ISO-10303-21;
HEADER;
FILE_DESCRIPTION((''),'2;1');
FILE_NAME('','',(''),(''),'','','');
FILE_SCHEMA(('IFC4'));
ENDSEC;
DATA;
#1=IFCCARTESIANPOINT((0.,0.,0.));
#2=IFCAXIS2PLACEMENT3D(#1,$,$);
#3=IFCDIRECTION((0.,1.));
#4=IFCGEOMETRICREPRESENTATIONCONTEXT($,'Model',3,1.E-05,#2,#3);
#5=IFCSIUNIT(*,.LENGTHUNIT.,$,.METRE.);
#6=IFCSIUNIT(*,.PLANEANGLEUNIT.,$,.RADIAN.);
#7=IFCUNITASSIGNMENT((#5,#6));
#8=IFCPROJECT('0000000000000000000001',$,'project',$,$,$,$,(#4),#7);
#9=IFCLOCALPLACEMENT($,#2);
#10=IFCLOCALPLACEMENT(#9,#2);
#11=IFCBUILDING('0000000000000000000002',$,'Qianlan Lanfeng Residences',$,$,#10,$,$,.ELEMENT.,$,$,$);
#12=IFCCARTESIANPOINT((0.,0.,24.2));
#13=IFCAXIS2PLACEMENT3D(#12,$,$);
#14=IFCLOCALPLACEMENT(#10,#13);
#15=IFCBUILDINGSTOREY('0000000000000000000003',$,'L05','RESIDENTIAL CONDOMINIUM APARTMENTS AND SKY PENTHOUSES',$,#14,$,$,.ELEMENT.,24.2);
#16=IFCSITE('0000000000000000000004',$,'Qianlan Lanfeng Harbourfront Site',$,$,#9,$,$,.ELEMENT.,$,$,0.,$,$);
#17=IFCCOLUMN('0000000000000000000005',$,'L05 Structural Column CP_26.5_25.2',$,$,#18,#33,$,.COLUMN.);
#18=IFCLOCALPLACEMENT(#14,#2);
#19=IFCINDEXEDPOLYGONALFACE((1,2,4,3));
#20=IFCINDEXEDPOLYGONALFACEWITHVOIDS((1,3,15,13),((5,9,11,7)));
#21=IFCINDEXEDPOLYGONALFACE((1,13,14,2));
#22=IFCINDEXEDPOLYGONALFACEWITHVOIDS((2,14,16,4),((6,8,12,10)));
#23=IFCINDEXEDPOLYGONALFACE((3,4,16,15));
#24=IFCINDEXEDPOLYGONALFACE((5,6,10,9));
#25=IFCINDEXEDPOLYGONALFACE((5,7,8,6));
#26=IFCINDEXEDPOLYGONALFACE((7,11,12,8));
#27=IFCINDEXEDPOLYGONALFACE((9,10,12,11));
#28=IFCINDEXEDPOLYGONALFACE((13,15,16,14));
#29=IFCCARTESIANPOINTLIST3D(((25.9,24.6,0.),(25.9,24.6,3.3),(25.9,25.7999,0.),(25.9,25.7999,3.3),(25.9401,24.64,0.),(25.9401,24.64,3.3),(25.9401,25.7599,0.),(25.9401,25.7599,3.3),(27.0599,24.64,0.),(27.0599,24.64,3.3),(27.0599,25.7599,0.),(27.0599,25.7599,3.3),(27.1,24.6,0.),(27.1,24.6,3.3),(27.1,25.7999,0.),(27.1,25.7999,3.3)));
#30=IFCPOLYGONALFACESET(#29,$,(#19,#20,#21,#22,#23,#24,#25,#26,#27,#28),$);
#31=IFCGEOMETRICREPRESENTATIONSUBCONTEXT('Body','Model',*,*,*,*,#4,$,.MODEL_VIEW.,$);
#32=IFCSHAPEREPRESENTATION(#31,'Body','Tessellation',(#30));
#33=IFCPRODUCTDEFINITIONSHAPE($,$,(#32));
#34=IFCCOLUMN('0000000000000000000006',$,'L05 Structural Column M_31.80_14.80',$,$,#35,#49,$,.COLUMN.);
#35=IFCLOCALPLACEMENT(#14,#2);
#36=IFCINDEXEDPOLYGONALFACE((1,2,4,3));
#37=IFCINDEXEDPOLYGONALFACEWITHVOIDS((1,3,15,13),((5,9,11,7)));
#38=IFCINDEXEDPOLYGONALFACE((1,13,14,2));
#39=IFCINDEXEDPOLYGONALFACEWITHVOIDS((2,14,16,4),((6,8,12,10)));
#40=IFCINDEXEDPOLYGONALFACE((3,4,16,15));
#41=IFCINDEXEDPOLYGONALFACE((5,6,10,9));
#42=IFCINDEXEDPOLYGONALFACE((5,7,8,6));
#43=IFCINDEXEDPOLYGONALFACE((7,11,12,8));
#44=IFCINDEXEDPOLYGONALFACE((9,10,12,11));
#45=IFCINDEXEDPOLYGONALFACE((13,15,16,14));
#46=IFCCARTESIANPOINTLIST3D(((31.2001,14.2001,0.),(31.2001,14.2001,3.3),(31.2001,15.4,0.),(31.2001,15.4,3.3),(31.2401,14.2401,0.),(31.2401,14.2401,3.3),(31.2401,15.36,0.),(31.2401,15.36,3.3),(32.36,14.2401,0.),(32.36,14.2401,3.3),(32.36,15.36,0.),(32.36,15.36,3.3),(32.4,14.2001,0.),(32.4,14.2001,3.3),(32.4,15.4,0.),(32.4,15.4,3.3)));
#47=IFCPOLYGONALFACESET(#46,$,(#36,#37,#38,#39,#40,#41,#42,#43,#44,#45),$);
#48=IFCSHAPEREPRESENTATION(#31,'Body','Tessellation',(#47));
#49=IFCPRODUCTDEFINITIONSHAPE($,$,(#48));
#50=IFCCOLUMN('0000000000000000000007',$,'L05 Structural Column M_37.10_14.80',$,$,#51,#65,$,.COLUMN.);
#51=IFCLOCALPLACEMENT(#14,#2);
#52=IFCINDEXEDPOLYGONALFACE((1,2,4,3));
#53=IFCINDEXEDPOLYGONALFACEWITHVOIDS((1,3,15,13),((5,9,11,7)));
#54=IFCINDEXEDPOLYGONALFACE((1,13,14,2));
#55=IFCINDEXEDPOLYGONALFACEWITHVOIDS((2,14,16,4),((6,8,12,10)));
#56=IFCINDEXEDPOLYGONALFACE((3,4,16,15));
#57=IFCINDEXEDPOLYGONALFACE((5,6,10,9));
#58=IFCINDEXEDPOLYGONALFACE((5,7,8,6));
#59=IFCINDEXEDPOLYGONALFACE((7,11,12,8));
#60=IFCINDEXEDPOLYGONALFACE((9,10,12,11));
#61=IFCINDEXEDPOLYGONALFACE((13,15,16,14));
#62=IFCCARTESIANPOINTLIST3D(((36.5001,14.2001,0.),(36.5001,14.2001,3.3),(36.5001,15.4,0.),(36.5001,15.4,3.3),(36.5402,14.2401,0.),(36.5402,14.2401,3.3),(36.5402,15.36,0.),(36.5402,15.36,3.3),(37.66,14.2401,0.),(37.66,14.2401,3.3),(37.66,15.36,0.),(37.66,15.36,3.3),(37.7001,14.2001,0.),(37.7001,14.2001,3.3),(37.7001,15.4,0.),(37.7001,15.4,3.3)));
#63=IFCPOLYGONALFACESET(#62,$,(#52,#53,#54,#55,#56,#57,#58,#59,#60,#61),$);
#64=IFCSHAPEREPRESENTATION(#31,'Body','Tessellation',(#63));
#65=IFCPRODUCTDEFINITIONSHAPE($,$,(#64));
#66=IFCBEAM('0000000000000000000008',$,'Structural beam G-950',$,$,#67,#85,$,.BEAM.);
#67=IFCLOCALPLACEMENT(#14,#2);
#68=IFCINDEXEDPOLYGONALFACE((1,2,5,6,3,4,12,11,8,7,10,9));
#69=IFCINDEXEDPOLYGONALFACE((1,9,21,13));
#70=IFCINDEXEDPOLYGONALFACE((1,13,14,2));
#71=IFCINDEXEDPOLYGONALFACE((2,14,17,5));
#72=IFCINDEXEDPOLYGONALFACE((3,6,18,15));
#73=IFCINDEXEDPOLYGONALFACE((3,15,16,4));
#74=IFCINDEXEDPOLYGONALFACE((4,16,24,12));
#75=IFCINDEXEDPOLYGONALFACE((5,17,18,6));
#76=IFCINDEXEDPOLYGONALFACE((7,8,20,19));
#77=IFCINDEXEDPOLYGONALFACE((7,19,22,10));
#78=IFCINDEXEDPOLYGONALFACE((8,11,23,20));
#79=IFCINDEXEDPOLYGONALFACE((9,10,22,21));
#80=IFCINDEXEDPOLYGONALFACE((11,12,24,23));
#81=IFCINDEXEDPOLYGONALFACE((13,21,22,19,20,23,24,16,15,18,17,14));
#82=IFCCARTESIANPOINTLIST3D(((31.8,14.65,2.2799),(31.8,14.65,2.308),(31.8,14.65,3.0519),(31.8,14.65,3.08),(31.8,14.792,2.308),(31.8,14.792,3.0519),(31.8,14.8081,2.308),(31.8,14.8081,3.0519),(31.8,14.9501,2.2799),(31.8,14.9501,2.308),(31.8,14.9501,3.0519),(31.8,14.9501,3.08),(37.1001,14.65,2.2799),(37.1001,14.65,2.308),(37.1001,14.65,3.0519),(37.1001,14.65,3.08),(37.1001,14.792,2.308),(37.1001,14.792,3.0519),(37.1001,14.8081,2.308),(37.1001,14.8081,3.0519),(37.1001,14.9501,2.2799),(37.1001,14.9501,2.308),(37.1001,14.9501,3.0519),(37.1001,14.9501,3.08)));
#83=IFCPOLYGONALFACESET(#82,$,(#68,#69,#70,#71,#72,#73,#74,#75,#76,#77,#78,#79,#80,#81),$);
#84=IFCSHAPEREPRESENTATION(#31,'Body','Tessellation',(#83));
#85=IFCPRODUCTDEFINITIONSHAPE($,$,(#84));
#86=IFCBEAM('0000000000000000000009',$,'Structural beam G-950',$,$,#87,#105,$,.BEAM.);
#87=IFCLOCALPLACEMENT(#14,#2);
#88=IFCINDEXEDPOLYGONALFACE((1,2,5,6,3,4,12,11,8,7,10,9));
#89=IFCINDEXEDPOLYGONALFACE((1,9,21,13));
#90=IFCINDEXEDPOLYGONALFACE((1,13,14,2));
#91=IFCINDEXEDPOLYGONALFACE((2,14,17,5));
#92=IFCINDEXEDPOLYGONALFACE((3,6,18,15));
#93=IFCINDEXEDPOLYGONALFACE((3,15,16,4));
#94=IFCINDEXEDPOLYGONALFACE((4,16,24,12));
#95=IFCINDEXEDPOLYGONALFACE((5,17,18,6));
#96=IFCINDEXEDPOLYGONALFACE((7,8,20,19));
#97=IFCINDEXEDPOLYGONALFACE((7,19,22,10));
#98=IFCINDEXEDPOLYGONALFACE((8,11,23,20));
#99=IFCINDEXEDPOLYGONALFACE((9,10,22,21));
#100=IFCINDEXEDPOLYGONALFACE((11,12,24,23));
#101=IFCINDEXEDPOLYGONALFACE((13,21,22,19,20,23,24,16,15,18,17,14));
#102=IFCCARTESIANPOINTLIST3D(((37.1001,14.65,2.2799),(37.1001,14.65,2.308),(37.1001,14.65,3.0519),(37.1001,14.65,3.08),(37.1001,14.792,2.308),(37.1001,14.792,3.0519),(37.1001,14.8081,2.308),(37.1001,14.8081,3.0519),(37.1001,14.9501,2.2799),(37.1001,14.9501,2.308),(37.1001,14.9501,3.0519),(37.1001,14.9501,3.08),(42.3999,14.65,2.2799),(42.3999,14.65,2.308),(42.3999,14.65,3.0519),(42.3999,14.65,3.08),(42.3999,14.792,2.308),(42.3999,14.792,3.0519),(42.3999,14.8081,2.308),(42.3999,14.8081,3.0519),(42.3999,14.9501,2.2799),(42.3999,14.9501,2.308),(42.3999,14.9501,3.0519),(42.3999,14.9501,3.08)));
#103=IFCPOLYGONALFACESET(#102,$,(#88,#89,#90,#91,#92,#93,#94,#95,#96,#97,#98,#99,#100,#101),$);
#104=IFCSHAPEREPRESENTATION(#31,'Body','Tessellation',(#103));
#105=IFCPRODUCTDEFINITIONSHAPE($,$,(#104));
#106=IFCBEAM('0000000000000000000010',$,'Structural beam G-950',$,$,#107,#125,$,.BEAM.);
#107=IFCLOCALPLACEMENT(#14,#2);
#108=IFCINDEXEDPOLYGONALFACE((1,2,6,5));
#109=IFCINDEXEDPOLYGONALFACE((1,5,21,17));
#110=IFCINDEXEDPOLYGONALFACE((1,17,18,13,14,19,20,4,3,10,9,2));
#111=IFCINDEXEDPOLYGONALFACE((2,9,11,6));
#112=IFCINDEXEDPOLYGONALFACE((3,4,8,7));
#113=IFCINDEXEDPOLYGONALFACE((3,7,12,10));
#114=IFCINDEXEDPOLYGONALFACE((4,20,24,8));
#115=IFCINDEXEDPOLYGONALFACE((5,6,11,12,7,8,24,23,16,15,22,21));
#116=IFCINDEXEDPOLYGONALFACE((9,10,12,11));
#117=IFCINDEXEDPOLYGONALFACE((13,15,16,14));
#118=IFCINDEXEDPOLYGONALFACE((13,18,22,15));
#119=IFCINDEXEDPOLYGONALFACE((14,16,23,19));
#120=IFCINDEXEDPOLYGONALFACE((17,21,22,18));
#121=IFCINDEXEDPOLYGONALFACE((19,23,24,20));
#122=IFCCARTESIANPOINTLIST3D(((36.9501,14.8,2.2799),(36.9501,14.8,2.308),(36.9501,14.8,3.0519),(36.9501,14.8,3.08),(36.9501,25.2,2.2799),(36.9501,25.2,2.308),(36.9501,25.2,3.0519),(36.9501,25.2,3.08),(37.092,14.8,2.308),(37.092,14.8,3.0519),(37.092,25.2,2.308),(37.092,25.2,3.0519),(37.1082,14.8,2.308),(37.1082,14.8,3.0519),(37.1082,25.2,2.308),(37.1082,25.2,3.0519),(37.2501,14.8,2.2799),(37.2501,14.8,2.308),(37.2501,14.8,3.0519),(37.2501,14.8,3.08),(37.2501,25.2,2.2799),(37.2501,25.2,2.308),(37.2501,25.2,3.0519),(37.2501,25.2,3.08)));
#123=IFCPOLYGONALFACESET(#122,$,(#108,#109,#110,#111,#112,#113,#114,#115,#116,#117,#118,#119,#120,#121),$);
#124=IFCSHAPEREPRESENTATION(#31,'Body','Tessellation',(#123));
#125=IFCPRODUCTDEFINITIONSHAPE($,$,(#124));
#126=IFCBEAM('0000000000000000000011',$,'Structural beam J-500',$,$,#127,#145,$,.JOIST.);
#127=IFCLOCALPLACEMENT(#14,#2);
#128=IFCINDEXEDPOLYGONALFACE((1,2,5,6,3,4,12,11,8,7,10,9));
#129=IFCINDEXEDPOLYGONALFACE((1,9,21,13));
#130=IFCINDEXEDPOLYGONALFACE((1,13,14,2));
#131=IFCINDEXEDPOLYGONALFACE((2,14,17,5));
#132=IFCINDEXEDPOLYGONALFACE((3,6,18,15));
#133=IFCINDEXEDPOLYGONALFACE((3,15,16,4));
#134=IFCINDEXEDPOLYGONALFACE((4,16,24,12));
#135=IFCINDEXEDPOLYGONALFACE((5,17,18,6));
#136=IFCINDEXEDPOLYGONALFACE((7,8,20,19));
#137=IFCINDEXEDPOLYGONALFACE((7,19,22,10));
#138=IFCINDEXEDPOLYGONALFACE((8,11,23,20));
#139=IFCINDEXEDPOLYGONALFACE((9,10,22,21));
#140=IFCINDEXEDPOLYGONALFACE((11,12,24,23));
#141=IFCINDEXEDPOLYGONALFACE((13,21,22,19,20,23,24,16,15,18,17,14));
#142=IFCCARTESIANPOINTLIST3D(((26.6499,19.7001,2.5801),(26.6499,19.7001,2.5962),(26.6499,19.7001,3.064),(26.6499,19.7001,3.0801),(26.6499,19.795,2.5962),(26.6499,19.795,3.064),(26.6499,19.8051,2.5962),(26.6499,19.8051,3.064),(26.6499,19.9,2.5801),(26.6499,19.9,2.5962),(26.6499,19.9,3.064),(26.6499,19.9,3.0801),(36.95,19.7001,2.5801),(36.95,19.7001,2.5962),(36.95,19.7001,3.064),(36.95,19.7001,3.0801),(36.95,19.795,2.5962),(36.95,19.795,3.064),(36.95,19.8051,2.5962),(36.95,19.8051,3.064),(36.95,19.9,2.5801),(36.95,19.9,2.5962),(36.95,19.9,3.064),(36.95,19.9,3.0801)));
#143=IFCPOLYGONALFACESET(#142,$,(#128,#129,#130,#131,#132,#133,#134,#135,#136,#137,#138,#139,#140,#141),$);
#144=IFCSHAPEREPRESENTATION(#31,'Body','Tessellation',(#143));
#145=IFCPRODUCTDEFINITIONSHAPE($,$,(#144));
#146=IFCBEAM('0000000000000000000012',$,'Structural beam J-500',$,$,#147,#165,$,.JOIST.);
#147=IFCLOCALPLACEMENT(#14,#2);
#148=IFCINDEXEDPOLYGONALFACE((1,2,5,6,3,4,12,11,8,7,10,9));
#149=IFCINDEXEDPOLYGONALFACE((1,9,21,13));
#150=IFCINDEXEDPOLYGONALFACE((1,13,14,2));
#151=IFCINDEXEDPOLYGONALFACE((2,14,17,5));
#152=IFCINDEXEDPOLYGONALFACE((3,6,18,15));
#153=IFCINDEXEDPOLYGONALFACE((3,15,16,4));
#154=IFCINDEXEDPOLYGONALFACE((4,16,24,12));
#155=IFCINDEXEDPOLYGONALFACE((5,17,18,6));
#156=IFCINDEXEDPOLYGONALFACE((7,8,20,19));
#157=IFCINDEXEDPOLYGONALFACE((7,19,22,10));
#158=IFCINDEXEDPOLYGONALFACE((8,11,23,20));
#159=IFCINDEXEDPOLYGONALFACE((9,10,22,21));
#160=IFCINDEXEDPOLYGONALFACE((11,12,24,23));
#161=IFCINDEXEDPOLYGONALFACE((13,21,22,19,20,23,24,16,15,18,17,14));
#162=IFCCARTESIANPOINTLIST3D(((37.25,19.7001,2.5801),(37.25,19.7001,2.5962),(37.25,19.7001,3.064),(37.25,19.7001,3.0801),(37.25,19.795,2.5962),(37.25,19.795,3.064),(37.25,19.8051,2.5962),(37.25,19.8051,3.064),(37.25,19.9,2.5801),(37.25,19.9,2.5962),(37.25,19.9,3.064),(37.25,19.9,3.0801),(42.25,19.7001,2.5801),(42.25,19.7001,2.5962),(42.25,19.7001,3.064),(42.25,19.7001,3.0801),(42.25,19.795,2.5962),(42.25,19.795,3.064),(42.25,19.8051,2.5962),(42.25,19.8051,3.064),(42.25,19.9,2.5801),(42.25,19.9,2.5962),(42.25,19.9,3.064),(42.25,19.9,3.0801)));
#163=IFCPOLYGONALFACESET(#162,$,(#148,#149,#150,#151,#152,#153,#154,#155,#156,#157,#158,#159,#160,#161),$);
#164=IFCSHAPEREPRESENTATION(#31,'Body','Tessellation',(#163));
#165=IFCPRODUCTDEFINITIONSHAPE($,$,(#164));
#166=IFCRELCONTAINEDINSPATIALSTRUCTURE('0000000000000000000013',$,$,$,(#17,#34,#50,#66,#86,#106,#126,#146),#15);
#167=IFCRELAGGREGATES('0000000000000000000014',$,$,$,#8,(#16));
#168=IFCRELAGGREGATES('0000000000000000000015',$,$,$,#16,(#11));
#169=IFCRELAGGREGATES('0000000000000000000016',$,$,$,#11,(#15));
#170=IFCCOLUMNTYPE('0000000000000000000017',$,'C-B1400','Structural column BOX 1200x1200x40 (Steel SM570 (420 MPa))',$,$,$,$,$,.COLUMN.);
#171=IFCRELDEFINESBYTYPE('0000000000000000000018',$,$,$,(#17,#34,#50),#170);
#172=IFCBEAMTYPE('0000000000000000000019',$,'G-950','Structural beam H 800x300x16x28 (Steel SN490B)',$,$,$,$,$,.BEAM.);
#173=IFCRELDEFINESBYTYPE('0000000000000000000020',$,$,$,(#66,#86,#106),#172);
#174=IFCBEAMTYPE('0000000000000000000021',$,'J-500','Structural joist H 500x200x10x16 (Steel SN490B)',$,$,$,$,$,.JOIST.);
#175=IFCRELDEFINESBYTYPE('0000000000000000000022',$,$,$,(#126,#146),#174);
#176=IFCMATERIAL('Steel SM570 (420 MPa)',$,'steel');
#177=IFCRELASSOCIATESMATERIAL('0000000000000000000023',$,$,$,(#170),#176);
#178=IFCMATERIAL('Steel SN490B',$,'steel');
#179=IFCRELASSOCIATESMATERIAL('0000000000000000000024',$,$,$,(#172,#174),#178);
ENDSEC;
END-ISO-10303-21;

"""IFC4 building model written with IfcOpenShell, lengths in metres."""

from ifc_helpers import new_model, si_unit, direction, frame, origin, origin_2d, place, context, subcontext, project, spatial, hollow_rectangle, i_section, extrude, material, material_profile, profile_set, type_object, element, save


model = new_model("IFC4")

# Units and contexts
model_context = context("Model", 3, precision=1e-05, world=origin(), true_north=direction((0.0, 1.0)))
body_context = subcontext(model_context, "Body", "Model", "MODEL_VIEW")
ifc_project = project(units=[si_unit("LENGTHUNIT", "METRE"), si_unit("PLANEANGLEUNIT", "RADIAN")], contexts=[model_context])

# Site, building, storey
site_placement = place(None, origin())
site = spatial("IfcSite", under=ifc_project, at=site_placement, Name="Qianlan Lanfeng Harbourfront Site", CompositionType="ELEMENT", RefElevation=0.0)
building_placement = place(site_placement, origin())
building = spatial("IfcBuilding", under=site, at=building_placement, Name="Qianlan Lanfeng Residences", CompositionType="ELEMENT")
storey_placement = place(building_placement, frame((0.0, 0.0, 24.2)))
storey = spatial("IfcBuildingStorey", under=building, at=storey_placement, Name="L05", Description="RESIDENTIAL CONDOMINIUM APARTMENTS AND SKY PENTHOUSES", CompositionType="ELEMENT", Elevation=24.2)

# Columns
ifc_material_1 = material(Name="Steel SM570 (420 MPa)", Category="steel")
ifc_material_profile_1 = material_profile(ifc_material_1, hollow_rectangle(XDim=1.2, YDim=1.2, WallThickness=0.04, at=origin_2d()), Name="BOX 1200x1200x40")
ifc_profile_set_1 = profile_set([ifc_material_profile_1], Name="Steel SM570 (420 MPa)")
column_type = type_object("IfcColumnType", Name="C-B1400", Description="Structural column BOX 1200x1200x40 (Steel SM570 (420 MPa))", PredefinedType="COLUMN", material=ifc_profile_set_1)
for number, where, z_axis, x_axis, name in (
    (1, (26.5, 25.2, 0.0), (0.0, 0.0, 1.0), (1.0, 0.0, 0.0), "L05 Structural Column CP_26.5_25.2"),
    (2, (31.8, 14.8, 0.0), (0.0, 0.0, 1.0), (1.0, 0.0, 0.0), "L05 Structural Column M_31.80_14.80"),
    (3, (37.1001, 14.8, 0.0), (0.0, 0.0, 1.0), (1.0, 0.0, 0.0), "L05 Structural Column M_37.10_14.80"),
):
    element("IfcColumn", number, at=place(storey_placement, frame(where, z_axis=z_axis, x_axis=x_axis)), inside=storey, type_object=column_type, Name=name, PredefinedType="COLUMN", context=body_context, shape_type="SweptSolid", body=[
        extrude(hollow_rectangle(XDim=1.2, YDim=1.2, WallThickness=0.04, at=origin_2d()), origin(), (0.0, 0.0, 1.0), 3.3),
    ])

# Beams
ifc_material_2 = material(Name="Steel SN490B", Category="steel")
ifc_material_profile_2 = material_profile(ifc_material_2, i_section(OverallWidth=0.3, OverallDepth=0.8, WebThickness=0.0161, FlangeThickness=0.0281, at=origin_2d()), Name="H 800x300x16x28")
ifc_profile_set_2 = profile_set([ifc_material_profile_2], Name="Steel SN490B")
beam_type_1 = type_object("IfcBeamType", Name="G-950", Description="Structural beam H 800x300x16x28 (Steel SN490B)", PredefinedType="BEAM", material=ifc_profile_set_2)
beam_1_placement = place(storey_placement, frame((31.8, 14.8, 2.6799), z_axis=(1.0, 0.0, 0.0), x_axis=(0.0, 1.0, 0.0)))
element("IfcBeam", 4, at=beam_1_placement, inside=storey, type_object=beam_type_1, Name="Structural beam G-950", PredefinedType="BEAM", context=body_context, shape_type="SweptSolid", body=[
    extrude(i_section(OverallWidth=0.3, OverallDepth=0.8, WebThickness=0.0161, FlangeThickness=0.0281, at=origin_2d()), origin(), (0.0, 0.0, 1.0), 5.3),
])
beam_2_placement = place(storey_placement, frame((37.1001, 14.8, 2.6799), z_axis=(1.0, 0.0, 0.0), x_axis=(0.0, 1.0, 0.0)))
element("IfcBeam", 5, at=beam_2_placement, inside=storey, type_object=beam_type_1, Name="Structural beam G-950", PredefinedType="BEAM", context=body_context, shape_type="SweptSolid", body=[
    extrude(i_section(OverallWidth=0.3, OverallDepth=0.8, WebThickness=0.0161, FlangeThickness=0.0281, at=origin_2d()), origin(), (0.0, 0.0, 1.0), 5.2998),
])
beam_3_placement = place(storey_placement, frame((37.1001, 14.8, 2.6799), z_axis=(0.0, 1.0, 0.0), x_axis=(-1.0, 0.0, 0.0)))
element("IfcBeam", 6, at=beam_3_placement, inside=storey, type_object=beam_type_1, Name="Structural beam G-950", PredefinedType="BEAM", context=body_context, shape_type="SweptSolid", body=[
    extrude(i_section(OverallWidth=0.3, OverallDepth=0.8, WebThickness=0.0161, FlangeThickness=0.0281, at=origin_2d()), origin(), (0.0, 0.0, 1.0), 10.3999),
])
ifc_material_profile_3 = material_profile(ifc_material_2, i_section(OverallWidth=0.2, OverallDepth=0.5, WebThickness=0.01, FlangeThickness=0.0161, at=origin_2d()), Name="H 500x200x10x16")
ifc_profile_set_3 = profile_set([ifc_material_profile_3], Name="Steel SN490B")
beam_type_2 = type_object("IfcBeamType", Name="J-500", Description="Structural joist H 500x200x10x16 (Steel SN490B)", PredefinedType="JOIST", material=ifc_profile_set_3)
beam_4_placement = place(storey_placement, frame((26.6499, 19.8, 2.8301), z_axis=(1.0, 0.0, 0.0), x_axis=(0.0, 1.0, 0.0)))
element("IfcBeam", 7, at=beam_4_placement, inside=storey, type_object=beam_type_2, Name="Structural beam J-500", PredefinedType="JOIST", context=body_context, shape_type="SweptSolid", body=[
    extrude(i_section(OverallWidth=0.2, OverallDepth=0.5, WebThickness=0.01, FlangeThickness=0.0161, at=origin_2d()), origin(), (0.0, 0.0, 1.0), 10.3),
])
beam_5_placement = place(storey_placement, frame((37.25, 19.8, 2.8301), z_axis=(1.0, 0.0, 0.0), x_axis=(0.0, 1.0, 0.0)))
element("IfcBeam", 8, at=beam_5_placement, inside=storey, type_object=beam_type_2, Name="Structural beam J-500", PredefinedType="JOIST", context=body_context, shape_type="SweptSolid", body=[
    extrude(i_section(OverallWidth=0.2, OverallDepth=0.5, WebThickness=0.01, FlangeThickness=0.0161, at=origin_2d()), origin(), (0.0, 0.0, 1.0), 5.0),
])

save(model, "model.ifc")
